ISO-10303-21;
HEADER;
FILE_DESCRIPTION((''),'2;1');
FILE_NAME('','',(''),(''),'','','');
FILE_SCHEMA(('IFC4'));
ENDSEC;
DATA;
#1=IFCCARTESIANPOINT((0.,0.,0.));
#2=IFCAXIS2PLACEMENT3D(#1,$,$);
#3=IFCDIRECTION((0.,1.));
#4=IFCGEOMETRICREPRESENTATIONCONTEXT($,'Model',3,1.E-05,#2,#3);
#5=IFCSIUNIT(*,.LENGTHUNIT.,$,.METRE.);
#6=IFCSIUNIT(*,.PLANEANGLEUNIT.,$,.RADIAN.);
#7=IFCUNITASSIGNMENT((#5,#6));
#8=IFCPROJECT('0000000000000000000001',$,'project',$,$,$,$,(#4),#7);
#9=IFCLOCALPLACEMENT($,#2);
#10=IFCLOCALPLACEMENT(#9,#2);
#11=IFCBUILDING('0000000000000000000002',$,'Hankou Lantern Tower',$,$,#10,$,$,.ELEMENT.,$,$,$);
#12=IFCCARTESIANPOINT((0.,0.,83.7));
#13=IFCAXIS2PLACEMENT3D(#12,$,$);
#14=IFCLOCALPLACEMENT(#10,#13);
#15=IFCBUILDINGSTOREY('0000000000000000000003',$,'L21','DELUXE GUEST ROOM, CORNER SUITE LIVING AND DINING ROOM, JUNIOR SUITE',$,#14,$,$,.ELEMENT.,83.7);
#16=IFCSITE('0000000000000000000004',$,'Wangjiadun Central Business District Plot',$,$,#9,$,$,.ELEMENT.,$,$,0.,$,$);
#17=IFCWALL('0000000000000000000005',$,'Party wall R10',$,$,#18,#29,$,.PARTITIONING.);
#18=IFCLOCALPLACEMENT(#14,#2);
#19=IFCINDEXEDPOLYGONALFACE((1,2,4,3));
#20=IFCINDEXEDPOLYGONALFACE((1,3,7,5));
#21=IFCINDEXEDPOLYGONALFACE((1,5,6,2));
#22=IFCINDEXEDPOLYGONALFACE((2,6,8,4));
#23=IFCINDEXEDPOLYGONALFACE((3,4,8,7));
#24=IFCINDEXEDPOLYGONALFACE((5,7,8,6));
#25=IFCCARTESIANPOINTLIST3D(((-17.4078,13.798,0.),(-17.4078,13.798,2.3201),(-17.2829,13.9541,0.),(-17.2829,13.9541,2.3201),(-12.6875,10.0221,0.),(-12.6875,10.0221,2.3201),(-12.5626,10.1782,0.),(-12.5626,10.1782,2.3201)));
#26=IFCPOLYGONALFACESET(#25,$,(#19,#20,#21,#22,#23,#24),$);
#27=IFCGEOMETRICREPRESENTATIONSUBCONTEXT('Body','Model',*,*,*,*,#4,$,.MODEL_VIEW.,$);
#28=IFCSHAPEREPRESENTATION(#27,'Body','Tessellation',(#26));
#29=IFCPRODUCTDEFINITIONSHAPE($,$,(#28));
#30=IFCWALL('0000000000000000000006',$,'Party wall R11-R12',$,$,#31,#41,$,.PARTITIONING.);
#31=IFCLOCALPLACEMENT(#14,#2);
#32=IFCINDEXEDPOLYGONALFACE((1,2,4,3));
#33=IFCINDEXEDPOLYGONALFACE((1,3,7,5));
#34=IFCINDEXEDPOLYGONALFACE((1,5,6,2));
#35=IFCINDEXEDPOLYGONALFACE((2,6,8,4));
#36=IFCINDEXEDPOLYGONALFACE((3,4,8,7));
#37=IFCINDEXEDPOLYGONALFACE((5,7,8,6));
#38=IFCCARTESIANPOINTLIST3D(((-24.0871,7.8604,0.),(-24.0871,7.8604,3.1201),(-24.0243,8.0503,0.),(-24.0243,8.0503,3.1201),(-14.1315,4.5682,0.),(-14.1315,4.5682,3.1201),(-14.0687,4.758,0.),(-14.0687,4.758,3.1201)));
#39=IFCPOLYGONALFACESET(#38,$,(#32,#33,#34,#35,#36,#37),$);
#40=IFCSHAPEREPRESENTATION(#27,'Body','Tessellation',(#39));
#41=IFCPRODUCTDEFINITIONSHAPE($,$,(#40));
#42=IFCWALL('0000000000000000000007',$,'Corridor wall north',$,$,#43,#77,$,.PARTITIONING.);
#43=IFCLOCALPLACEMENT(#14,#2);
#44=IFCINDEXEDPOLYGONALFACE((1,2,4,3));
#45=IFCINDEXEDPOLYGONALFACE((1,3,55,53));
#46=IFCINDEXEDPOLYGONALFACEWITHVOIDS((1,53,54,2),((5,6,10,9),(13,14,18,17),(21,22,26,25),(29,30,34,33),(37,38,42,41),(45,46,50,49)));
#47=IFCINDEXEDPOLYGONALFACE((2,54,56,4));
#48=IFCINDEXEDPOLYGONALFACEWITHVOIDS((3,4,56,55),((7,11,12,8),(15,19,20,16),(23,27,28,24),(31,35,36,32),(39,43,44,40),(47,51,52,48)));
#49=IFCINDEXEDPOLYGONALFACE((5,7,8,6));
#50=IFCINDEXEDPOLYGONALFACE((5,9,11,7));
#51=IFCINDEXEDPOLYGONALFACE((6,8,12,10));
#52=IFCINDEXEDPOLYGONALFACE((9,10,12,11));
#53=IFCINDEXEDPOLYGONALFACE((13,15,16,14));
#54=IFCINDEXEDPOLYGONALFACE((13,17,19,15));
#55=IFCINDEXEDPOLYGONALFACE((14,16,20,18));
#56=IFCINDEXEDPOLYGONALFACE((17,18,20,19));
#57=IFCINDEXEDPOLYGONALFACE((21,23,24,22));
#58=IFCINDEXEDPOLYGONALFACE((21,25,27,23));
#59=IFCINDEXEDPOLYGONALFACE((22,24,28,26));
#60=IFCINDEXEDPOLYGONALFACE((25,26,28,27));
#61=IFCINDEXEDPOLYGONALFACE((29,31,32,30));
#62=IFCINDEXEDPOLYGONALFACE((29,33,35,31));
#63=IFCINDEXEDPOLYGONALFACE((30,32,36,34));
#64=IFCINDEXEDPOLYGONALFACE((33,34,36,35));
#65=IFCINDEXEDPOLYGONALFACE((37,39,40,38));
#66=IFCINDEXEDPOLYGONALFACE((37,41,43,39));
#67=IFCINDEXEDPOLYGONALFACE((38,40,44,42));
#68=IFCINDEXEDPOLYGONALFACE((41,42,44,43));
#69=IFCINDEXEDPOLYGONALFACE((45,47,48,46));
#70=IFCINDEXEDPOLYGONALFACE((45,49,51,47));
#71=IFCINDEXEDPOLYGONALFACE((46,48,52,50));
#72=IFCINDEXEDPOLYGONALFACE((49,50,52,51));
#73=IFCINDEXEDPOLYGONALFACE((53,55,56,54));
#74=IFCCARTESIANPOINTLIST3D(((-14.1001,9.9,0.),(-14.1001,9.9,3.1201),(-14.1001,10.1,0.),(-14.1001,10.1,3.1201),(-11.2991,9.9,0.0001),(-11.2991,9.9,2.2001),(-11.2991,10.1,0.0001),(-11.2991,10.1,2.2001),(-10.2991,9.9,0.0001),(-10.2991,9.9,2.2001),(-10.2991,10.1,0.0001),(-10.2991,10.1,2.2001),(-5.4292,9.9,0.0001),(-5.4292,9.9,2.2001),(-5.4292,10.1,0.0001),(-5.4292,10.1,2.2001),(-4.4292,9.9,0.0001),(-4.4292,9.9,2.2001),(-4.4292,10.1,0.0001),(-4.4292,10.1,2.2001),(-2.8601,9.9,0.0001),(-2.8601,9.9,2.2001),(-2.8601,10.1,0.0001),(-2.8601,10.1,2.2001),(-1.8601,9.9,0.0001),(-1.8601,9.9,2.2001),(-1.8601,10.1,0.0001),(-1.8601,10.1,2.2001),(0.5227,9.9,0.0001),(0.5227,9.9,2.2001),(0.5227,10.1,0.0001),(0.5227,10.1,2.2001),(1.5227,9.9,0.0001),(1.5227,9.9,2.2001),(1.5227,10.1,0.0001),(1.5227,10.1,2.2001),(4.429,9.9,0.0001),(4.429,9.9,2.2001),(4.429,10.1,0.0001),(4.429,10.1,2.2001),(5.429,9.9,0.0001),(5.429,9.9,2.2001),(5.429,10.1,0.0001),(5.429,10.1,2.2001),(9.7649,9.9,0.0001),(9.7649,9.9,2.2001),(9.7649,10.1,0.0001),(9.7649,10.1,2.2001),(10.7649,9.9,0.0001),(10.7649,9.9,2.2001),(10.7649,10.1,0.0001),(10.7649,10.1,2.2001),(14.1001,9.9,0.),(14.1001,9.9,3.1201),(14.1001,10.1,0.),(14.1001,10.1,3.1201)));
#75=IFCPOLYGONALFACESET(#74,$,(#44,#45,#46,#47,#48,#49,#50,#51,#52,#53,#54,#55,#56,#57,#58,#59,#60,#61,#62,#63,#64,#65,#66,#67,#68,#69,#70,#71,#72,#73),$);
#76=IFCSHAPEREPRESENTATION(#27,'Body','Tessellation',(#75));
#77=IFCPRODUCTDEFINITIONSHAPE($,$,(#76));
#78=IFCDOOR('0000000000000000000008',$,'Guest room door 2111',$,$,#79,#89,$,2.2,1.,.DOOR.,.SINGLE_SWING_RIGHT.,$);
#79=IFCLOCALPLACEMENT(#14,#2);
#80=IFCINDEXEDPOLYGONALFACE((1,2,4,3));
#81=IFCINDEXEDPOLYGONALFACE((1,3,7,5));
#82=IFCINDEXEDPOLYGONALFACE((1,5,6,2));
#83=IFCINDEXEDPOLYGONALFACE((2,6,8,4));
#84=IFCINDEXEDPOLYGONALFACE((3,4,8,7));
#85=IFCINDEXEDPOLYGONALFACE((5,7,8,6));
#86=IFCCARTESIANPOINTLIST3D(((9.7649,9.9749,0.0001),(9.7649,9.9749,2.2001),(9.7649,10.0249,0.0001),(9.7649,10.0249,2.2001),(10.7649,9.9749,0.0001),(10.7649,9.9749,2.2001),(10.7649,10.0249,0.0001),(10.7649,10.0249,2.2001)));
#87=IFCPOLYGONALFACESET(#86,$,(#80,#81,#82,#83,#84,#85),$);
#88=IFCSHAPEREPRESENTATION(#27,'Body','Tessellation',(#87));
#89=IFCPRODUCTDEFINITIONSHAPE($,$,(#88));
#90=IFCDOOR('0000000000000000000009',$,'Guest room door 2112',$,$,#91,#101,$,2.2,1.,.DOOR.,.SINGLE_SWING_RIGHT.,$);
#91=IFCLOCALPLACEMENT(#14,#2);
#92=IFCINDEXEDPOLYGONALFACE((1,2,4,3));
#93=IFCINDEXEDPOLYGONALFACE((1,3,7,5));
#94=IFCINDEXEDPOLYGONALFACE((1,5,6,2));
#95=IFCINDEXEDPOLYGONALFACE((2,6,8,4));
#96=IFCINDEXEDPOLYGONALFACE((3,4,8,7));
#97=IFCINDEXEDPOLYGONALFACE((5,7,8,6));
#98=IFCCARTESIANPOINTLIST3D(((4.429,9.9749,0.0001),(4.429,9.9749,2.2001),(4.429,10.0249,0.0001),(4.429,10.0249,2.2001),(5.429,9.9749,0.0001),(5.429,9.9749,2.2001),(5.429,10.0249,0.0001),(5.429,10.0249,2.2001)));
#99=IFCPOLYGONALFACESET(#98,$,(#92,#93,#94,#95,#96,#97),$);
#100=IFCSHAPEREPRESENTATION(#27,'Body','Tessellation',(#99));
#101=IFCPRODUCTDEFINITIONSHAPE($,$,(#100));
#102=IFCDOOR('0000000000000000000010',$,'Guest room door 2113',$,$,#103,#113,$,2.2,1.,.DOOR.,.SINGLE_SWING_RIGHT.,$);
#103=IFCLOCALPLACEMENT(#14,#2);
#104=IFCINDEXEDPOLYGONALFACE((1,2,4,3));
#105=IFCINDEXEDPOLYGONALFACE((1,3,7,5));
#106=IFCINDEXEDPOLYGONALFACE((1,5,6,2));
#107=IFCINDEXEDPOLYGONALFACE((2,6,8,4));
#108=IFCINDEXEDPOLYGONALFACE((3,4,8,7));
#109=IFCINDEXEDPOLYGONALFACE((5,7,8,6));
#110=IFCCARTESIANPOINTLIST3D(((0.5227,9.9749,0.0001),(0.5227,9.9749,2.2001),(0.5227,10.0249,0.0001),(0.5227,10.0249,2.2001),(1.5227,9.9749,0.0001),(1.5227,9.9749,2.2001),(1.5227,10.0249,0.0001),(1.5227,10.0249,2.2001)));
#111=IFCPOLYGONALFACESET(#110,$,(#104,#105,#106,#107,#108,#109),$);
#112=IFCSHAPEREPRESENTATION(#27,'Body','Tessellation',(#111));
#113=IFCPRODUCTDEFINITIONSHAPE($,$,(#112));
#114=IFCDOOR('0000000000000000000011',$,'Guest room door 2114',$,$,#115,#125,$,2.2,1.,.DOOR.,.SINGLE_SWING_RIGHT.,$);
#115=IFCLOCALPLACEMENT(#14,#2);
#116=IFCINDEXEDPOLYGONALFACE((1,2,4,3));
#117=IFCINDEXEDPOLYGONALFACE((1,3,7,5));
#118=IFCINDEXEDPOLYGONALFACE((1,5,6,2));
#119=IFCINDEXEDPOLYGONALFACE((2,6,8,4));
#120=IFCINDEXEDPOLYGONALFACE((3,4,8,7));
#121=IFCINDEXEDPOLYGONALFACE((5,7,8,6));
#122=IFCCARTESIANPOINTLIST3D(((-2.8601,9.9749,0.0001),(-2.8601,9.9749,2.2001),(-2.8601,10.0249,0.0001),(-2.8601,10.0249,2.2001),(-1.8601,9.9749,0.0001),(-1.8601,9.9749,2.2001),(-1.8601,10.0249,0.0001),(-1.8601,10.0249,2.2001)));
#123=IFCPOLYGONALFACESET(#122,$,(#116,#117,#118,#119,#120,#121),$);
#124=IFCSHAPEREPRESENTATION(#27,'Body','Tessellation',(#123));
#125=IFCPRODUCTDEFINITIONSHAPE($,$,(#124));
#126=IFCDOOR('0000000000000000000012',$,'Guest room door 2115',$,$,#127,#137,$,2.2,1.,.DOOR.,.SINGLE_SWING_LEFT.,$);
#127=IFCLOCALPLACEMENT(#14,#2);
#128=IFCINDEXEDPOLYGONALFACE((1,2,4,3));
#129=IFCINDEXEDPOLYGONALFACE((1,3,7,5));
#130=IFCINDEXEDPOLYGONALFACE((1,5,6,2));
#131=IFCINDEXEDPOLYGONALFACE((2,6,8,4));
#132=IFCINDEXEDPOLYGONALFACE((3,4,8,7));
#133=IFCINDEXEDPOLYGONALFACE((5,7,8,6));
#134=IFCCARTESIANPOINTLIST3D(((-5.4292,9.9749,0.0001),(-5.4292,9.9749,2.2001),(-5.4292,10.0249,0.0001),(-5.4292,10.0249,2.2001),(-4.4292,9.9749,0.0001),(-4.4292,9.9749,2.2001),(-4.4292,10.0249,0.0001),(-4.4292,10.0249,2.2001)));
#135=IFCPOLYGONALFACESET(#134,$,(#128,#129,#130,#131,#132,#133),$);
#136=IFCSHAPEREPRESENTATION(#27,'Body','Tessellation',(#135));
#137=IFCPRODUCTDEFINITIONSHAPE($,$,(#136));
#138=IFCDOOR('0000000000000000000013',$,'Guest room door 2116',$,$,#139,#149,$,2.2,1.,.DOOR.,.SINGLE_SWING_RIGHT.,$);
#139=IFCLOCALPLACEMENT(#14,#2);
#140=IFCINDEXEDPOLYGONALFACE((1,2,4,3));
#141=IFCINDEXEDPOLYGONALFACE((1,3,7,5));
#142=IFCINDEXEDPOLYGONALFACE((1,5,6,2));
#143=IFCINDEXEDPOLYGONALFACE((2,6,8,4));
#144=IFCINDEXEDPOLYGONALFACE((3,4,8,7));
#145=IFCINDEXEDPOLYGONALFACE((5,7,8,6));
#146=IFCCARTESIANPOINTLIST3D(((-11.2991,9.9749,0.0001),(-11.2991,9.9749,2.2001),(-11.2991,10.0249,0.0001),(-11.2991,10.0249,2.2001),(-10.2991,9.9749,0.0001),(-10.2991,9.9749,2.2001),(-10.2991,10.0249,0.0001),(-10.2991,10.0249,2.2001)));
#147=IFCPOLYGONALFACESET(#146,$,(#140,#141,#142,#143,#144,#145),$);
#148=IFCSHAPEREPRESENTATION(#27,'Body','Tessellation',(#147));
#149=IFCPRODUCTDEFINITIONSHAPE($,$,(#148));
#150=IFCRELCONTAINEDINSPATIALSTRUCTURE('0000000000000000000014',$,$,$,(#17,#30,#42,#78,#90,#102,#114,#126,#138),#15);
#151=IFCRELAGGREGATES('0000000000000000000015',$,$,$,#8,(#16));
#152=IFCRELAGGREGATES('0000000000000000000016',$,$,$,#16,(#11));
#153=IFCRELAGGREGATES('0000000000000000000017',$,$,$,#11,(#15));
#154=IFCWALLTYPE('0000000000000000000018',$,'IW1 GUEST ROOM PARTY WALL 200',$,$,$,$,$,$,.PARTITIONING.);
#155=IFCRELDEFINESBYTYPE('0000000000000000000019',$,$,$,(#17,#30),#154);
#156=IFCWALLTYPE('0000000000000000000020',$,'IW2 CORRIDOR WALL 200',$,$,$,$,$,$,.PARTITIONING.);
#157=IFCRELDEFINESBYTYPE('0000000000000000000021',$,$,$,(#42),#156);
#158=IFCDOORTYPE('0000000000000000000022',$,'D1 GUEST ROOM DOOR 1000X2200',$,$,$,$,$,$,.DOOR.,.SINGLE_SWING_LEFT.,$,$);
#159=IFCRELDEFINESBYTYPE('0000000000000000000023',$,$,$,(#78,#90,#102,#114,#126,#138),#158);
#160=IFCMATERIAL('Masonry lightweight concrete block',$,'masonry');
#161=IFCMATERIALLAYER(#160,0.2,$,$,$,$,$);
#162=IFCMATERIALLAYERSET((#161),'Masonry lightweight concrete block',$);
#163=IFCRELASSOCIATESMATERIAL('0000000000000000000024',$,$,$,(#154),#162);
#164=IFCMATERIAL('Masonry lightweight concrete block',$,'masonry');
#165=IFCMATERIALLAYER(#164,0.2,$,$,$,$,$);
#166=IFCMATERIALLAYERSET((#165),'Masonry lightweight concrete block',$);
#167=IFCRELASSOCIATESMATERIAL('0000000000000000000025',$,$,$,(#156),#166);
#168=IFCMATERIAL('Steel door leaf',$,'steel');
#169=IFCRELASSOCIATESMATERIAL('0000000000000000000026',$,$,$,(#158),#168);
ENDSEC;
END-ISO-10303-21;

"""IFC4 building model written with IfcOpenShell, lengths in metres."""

from ifc_helpers import new_model, si_unit, direction, frame, frame_2d, origin, place, context, subcontext, project, spatial, rectangle, extrude, material, layer, layer_set, type_object, element, fill, save


model = new_model("IFC4")

# Units and contexts
model_context = context("Model", 3, precision=1e-05, world=origin(), true_north=direction((0.0, 1.0)))
body_context = subcontext(model_context, "Body", "Model", "MODEL_VIEW")
ifc_project = project(units=[si_unit("LENGTHUNIT", "METRE"), si_unit("PLANEANGLEUNIT", "RADIAN")], contexts=[model_context])

# Site, building, storey
site_placement = place(None, origin())
site = spatial("IfcSite", under=ifc_project, at=site_placement, Name="Wangjiadun Central Business District Plot", CompositionType="ELEMENT", RefElevation=0.0)
building_placement = place(site_placement, origin())
building = spatial("IfcBuilding", under=site, at=building_placement, Name="Hankou Lantern Tower", CompositionType="ELEMENT")
storey_placement = place(building_placement, frame((0.0, 0.0, 83.7)))
storey = spatial("IfcBuildingStorey", under=building, at=storey_placement, Name="L21", Description="DELUXE GUEST ROOM, CORNER SUITE LIVING AND DINING ROOM, JUNIOR SUITE", CompositionType="ELEMENT", Elevation=83.7)

# Walls
ifc_material_1 = material(Name="Masonry lightweight concrete block", Category="masonry")
ifc_layer_1 = layer(ifc_material_1, 0.2)
ifc_layer_set_1 = layer_set([ifc_layer_1], Name="Masonry lightweight concrete block")
wall_type_1 = type_object("IfcWallType", Name="IW1 GUEST ROOM PARTY WALL 200", PredefinedType="PARTITIONING", material=ifc_layer_set_1)
wall_1_placement = place(storey_placement, frame((-12.625, 10.1001, 0.0), z_axis=(0.0, 0.0, 1.0), x_axis=(-0.780892, 0.624665, 0.0)))
element("IfcWall", 1, at=wall_1_placement, inside=storey, type_object=wall_type_1, Name="Party wall R10", PredefinedType="PARTITIONING", context=body_context, shape_type="SweptSolid", body=[
    extrude(rectangle(XDim=6.0447, YDim=0.2, at=frame_2d((3.0225, 0.0))), origin(), (0.0, 0.0, 1.0), 2.3201),
])
wall_2_placement = place(storey_placement, frame((-14.1001, 4.6631, 0.0), z_axis=(0.0, 0.0, 1.0), x_axis=(-0.949433, 0.313971, 0.0)))
element("IfcWall", 2, at=wall_2_placement, inside=storey, type_object=wall_type_1, Name="Party wall R11-R12", PredefinedType="PARTITIONING", context=body_context, shape_type="SweptSolid", body=[
    extrude(rectangle(XDim=10.4858, YDim=0.2, at=frame_2d((5.2429, 0.0))), origin(), (0.0, 0.0, 1.0), 3.1201),
])

# Wall, openings, doors
ifc_material_2 = material(Name="Masonry lightweight concrete block", Category="masonry")
ifc_layer_2 = layer(ifc_material_2, 0.2)
ifc_layer_set_2 = layer_set([ifc_layer_2], Name="Masonry lightweight concrete block")
wall_type_2 = type_object("IfcWallType", Name="IW2 CORRIDOR WALL 200", PredefinedType="PARTITIONING", material=ifc_layer_set_2)
wall_3_placement = place(storey_placement, frame((-14.1001, 10.0, 0.0), z_axis=(0.0, 0.0, 1.0), x_axis=(1.0, 0.0, 0.0)))
wall_3 = element("IfcWall", 3, at=wall_3_placement, inside=storey, type_object=wall_type_2, Name="Corridor wall north", PredefinedType="PARTITIONING", context=body_context, shape_type="SweptSolid", body=[
    extrude(rectangle(XDim=28.2002, YDim=0.2, at=frame_2d((14.1001, 0.0))), origin(), (0.0, 0.0, 1.0), 3.1201),
])
opening_1_placement = place(wall_3_placement, frame((23.865, 0.0, 0.0)))
opening_1 = element("IfcOpeningElement", 4, at=opening_1_placement, cuts=wall_3, PredefinedType="OPENING", context=body_context, shape_type="SweptSolid", body=[
    extrude(rectangle(XDim=1.0, YDim=2.2, at=frame_2d((0.5, 1.1001))), frame((0.0, 0.1099, 0.0), z_axis=(0.0, -1.0, 0.0), x_axis=(1.0, 0.0, 0.0)), (0.0, 0.0, 1.0), 0.22),
])
opening_2_placement = place(wall_3_placement, frame((18.5291, 0.0, 0.0)))
opening_2 = element("IfcOpeningElement", 5, at=opening_2_placement, cuts=wall_3, PredefinedType="OPENING", context=body_context, shape_type="SweptSolid", body=[
    extrude(rectangle(XDim=1.0, YDim=2.2, at=frame_2d((0.5, 1.1001))), frame((0.0, 0.1099, 0.0), z_axis=(0.0, -1.0, 0.0), x_axis=(1.0, 0.0, 0.0)), (0.0, 0.0, 1.0), 0.22),
])
opening_3_placement = place(wall_3_placement, frame((14.6228, 0.0, 0.0)))
opening_3 = element("IfcOpeningElement", 6, at=opening_3_placement, cuts=wall_3, PredefinedType="OPENING", context=body_context, shape_type="SweptSolid", body=[
    extrude(rectangle(XDim=1.0, YDim=2.2, at=frame_2d((0.5, 1.1001))), frame((0.0, 0.1099, 0.0), z_axis=(0.0, -1.0, 0.0), x_axis=(1.0, 0.0, 0.0)), (0.0, 0.0, 1.0), 0.22),
])
opening_4_placement = place(wall_3_placement, frame((11.24, 0.0, 0.0)))
opening_4 = element("IfcOpeningElement", 7, at=opening_4_placement, cuts=wall_3, PredefinedType="OPENING", context=body_context, shape_type="SweptSolid", body=[
    extrude(rectangle(XDim=1.0, YDim=2.2, at=frame_2d((0.5, 1.1001))), frame((0.0, 0.1099, 0.0), z_axis=(0.0, -1.0, 0.0), x_axis=(1.0, 0.0, 0.0)), (0.0, 0.0, 1.0), 0.22),
])
opening_5_placement = place(wall_3_placement, frame((8.6709, 0.0, 0.0)))
opening_5 = element("IfcOpeningElement", 8, at=opening_5_placement, cuts=wall_3, PredefinedType="OPENING", context=body_context, shape_type="SweptSolid", body=[
    extrude(rectangle(XDim=1.0, YDim=2.2, at=frame_2d((0.5, 1.1001))), frame((0.0, 0.1099, 0.0), z_axis=(0.0, -1.0, 0.0), x_axis=(1.0, 0.0, 0.0)), (0.0, 0.0, 1.0), 0.22),
])
opening_6_placement = place(wall_3_placement, frame((2.801, 0.0, 0.0)))
opening_6 = element("IfcOpeningElement", 9, at=opening_6_placement, cuts=wall_3, PredefinedType="OPENING", context=body_context, shape_type="SweptSolid", body=[
    extrude(rectangle(XDim=1.0, YDim=2.2, at=frame_2d((0.5, 1.1001))), frame((0.0, 0.1099, 0.0), z_axis=(0.0, -1.0, 0.0), x_axis=(1.0, 0.0, 0.0)), (0.0, 0.0, 1.0), 0.22),
])
ifc_material_3 = material(Name="Steel door leaf", Category="steel")
door_type_1 = type_object("IfcDoorType", Name="D1 GUEST ROOM DOOR 1000X2200", OperationType="SINGLE_SWING_LEFT", PredefinedType="DOOR", material=ifc_material_3)
door_1_placement = place(opening_1_placement, origin())
door_1 = element("IfcDoor", 10, at=door_1_placement, inside=storey, type_object=door_type_1, Name="Guest room door 2111", OperationType="SINGLE_SWING_RIGHT", OverallHeight=2.2, OverallWidth=1.0, PredefinedType="DOOR", context=body_context, shape_type="SweptSolid", body=[
    extrude(rectangle(XDim=1.0, YDim=2.2, at=frame_2d((0.5, 1.1001))), frame((0.0, 0.0249, 0.0), z_axis=(0.0, -1.0, 0.0), x_axis=(1.0, 0.0, 0.0)), (0.0, 0.0, 1.0), 0.05),
])
fill(opening_1, door_1)
door_2_placement = place(opening_2_placement, origin())
door_2 = element("IfcDoor", 11, at=door_2_placement, inside=storey, type_object=door_type_1, Name="Guest room door 2112", OperationType="SINGLE_SWING_RIGHT", OverallHeight=2.2, OverallWidth=1.0, PredefinedType="DOOR", context=body_context, shape_type="SweptSolid", body=[
    extrude(rectangle(XDim=1.0, YDim=2.2, at=frame_2d((0.5, 1.1001))), frame((0.0, 0.0249, 0.0), z_axis=(0.0, -1.0, 0.0), x_axis=(1.0, 0.0, 0.0)), (0.0, 0.0, 1.0), 0.05),
])
fill(opening_2, door_2)
door_3_placement = place(opening_3_placement, origin())
door_3 = element("IfcDoor", 12, at=door_3_placement, inside=storey, type_object=door_type_1, Name="Guest room door 2113", OperationType="SINGLE_SWING_RIGHT", OverallHeight=2.2, OverallWidth=1.0, PredefinedType="DOOR", context=body_context, shape_type="SweptSolid", body=[
    extrude(rectangle(XDim=1.0, YDim=2.2, at=frame_2d((0.5, 1.1001))), frame((0.0, 0.0249, 0.0), z_axis=(0.0, -1.0, 0.0), x_axis=(1.0, 0.0, 0.0)), (0.0, 0.0, 1.0), 0.05),
])
fill(opening_3, door_3)
door_4_placement = place(opening_4_placement, origin())
door_4 = element("IfcDoor", 13, at=door_4_placement, inside=storey, type_object=door_type_1, Name="Guest room door 2114", OperationType="SINGLE_SWING_RIGHT", OverallHeight=2.2, OverallWidth=1.0, PredefinedType="DOOR", context=body_context, shape_type="SweptSolid", body=[
    extrude(rectangle(XDim=1.0, YDim=2.2, at=frame_2d((0.5, 1.1001))), frame((0.0, 0.0249, 0.0), z_axis=(0.0, -1.0, 0.0), x_axis=(1.0, 0.0, 0.0)), (0.0, 0.0, 1.0), 0.05),
])
fill(opening_4, door_4)
door_5_placement = place(opening_5_placement, origin())
door_5 = element("IfcDoor", 14, at=door_5_placement, inside=storey, type_object=door_type_1, Name="Guest room door 2115", OperationType="SINGLE_SWING_LEFT", OverallHeight=2.2, OverallWidth=1.0, PredefinedType="DOOR", context=body_context, shape_type="SweptSolid", body=[
    extrude(rectangle(XDim=1.0, YDim=2.2, at=frame_2d((0.5, 1.1001))), frame((0.0, 0.0249, 0.0), z_axis=(0.0, -1.0, 0.0), x_axis=(1.0, 0.0, 0.0)), (0.0, 0.0, 1.0), 0.05),
])
fill(opening_5, door_5)
door_6_placement = place(opening_6_placement, origin())
door_6 = element("IfcDoor", 15, at=door_6_placement, inside=storey, type_object=door_type_1, Name="Guest room door 2116", OperationType="SINGLE_SWING_RIGHT", OverallHeight=2.2, OverallWidth=1.0, PredefinedType="DOOR", context=body_context, shape_type="SweptSolid", body=[
    extrude(rectangle(XDim=1.0, YDim=2.2, at=frame_2d((0.5, 1.1001))), frame((0.0, 0.0249, 0.0), z_axis=(0.0, -1.0, 0.0), x_axis=(1.0, 0.0, 0.0)), (0.0, 0.0, 1.0), 0.05),
])
fill(opening_6, door_6)

save(model, "model.ifc")
